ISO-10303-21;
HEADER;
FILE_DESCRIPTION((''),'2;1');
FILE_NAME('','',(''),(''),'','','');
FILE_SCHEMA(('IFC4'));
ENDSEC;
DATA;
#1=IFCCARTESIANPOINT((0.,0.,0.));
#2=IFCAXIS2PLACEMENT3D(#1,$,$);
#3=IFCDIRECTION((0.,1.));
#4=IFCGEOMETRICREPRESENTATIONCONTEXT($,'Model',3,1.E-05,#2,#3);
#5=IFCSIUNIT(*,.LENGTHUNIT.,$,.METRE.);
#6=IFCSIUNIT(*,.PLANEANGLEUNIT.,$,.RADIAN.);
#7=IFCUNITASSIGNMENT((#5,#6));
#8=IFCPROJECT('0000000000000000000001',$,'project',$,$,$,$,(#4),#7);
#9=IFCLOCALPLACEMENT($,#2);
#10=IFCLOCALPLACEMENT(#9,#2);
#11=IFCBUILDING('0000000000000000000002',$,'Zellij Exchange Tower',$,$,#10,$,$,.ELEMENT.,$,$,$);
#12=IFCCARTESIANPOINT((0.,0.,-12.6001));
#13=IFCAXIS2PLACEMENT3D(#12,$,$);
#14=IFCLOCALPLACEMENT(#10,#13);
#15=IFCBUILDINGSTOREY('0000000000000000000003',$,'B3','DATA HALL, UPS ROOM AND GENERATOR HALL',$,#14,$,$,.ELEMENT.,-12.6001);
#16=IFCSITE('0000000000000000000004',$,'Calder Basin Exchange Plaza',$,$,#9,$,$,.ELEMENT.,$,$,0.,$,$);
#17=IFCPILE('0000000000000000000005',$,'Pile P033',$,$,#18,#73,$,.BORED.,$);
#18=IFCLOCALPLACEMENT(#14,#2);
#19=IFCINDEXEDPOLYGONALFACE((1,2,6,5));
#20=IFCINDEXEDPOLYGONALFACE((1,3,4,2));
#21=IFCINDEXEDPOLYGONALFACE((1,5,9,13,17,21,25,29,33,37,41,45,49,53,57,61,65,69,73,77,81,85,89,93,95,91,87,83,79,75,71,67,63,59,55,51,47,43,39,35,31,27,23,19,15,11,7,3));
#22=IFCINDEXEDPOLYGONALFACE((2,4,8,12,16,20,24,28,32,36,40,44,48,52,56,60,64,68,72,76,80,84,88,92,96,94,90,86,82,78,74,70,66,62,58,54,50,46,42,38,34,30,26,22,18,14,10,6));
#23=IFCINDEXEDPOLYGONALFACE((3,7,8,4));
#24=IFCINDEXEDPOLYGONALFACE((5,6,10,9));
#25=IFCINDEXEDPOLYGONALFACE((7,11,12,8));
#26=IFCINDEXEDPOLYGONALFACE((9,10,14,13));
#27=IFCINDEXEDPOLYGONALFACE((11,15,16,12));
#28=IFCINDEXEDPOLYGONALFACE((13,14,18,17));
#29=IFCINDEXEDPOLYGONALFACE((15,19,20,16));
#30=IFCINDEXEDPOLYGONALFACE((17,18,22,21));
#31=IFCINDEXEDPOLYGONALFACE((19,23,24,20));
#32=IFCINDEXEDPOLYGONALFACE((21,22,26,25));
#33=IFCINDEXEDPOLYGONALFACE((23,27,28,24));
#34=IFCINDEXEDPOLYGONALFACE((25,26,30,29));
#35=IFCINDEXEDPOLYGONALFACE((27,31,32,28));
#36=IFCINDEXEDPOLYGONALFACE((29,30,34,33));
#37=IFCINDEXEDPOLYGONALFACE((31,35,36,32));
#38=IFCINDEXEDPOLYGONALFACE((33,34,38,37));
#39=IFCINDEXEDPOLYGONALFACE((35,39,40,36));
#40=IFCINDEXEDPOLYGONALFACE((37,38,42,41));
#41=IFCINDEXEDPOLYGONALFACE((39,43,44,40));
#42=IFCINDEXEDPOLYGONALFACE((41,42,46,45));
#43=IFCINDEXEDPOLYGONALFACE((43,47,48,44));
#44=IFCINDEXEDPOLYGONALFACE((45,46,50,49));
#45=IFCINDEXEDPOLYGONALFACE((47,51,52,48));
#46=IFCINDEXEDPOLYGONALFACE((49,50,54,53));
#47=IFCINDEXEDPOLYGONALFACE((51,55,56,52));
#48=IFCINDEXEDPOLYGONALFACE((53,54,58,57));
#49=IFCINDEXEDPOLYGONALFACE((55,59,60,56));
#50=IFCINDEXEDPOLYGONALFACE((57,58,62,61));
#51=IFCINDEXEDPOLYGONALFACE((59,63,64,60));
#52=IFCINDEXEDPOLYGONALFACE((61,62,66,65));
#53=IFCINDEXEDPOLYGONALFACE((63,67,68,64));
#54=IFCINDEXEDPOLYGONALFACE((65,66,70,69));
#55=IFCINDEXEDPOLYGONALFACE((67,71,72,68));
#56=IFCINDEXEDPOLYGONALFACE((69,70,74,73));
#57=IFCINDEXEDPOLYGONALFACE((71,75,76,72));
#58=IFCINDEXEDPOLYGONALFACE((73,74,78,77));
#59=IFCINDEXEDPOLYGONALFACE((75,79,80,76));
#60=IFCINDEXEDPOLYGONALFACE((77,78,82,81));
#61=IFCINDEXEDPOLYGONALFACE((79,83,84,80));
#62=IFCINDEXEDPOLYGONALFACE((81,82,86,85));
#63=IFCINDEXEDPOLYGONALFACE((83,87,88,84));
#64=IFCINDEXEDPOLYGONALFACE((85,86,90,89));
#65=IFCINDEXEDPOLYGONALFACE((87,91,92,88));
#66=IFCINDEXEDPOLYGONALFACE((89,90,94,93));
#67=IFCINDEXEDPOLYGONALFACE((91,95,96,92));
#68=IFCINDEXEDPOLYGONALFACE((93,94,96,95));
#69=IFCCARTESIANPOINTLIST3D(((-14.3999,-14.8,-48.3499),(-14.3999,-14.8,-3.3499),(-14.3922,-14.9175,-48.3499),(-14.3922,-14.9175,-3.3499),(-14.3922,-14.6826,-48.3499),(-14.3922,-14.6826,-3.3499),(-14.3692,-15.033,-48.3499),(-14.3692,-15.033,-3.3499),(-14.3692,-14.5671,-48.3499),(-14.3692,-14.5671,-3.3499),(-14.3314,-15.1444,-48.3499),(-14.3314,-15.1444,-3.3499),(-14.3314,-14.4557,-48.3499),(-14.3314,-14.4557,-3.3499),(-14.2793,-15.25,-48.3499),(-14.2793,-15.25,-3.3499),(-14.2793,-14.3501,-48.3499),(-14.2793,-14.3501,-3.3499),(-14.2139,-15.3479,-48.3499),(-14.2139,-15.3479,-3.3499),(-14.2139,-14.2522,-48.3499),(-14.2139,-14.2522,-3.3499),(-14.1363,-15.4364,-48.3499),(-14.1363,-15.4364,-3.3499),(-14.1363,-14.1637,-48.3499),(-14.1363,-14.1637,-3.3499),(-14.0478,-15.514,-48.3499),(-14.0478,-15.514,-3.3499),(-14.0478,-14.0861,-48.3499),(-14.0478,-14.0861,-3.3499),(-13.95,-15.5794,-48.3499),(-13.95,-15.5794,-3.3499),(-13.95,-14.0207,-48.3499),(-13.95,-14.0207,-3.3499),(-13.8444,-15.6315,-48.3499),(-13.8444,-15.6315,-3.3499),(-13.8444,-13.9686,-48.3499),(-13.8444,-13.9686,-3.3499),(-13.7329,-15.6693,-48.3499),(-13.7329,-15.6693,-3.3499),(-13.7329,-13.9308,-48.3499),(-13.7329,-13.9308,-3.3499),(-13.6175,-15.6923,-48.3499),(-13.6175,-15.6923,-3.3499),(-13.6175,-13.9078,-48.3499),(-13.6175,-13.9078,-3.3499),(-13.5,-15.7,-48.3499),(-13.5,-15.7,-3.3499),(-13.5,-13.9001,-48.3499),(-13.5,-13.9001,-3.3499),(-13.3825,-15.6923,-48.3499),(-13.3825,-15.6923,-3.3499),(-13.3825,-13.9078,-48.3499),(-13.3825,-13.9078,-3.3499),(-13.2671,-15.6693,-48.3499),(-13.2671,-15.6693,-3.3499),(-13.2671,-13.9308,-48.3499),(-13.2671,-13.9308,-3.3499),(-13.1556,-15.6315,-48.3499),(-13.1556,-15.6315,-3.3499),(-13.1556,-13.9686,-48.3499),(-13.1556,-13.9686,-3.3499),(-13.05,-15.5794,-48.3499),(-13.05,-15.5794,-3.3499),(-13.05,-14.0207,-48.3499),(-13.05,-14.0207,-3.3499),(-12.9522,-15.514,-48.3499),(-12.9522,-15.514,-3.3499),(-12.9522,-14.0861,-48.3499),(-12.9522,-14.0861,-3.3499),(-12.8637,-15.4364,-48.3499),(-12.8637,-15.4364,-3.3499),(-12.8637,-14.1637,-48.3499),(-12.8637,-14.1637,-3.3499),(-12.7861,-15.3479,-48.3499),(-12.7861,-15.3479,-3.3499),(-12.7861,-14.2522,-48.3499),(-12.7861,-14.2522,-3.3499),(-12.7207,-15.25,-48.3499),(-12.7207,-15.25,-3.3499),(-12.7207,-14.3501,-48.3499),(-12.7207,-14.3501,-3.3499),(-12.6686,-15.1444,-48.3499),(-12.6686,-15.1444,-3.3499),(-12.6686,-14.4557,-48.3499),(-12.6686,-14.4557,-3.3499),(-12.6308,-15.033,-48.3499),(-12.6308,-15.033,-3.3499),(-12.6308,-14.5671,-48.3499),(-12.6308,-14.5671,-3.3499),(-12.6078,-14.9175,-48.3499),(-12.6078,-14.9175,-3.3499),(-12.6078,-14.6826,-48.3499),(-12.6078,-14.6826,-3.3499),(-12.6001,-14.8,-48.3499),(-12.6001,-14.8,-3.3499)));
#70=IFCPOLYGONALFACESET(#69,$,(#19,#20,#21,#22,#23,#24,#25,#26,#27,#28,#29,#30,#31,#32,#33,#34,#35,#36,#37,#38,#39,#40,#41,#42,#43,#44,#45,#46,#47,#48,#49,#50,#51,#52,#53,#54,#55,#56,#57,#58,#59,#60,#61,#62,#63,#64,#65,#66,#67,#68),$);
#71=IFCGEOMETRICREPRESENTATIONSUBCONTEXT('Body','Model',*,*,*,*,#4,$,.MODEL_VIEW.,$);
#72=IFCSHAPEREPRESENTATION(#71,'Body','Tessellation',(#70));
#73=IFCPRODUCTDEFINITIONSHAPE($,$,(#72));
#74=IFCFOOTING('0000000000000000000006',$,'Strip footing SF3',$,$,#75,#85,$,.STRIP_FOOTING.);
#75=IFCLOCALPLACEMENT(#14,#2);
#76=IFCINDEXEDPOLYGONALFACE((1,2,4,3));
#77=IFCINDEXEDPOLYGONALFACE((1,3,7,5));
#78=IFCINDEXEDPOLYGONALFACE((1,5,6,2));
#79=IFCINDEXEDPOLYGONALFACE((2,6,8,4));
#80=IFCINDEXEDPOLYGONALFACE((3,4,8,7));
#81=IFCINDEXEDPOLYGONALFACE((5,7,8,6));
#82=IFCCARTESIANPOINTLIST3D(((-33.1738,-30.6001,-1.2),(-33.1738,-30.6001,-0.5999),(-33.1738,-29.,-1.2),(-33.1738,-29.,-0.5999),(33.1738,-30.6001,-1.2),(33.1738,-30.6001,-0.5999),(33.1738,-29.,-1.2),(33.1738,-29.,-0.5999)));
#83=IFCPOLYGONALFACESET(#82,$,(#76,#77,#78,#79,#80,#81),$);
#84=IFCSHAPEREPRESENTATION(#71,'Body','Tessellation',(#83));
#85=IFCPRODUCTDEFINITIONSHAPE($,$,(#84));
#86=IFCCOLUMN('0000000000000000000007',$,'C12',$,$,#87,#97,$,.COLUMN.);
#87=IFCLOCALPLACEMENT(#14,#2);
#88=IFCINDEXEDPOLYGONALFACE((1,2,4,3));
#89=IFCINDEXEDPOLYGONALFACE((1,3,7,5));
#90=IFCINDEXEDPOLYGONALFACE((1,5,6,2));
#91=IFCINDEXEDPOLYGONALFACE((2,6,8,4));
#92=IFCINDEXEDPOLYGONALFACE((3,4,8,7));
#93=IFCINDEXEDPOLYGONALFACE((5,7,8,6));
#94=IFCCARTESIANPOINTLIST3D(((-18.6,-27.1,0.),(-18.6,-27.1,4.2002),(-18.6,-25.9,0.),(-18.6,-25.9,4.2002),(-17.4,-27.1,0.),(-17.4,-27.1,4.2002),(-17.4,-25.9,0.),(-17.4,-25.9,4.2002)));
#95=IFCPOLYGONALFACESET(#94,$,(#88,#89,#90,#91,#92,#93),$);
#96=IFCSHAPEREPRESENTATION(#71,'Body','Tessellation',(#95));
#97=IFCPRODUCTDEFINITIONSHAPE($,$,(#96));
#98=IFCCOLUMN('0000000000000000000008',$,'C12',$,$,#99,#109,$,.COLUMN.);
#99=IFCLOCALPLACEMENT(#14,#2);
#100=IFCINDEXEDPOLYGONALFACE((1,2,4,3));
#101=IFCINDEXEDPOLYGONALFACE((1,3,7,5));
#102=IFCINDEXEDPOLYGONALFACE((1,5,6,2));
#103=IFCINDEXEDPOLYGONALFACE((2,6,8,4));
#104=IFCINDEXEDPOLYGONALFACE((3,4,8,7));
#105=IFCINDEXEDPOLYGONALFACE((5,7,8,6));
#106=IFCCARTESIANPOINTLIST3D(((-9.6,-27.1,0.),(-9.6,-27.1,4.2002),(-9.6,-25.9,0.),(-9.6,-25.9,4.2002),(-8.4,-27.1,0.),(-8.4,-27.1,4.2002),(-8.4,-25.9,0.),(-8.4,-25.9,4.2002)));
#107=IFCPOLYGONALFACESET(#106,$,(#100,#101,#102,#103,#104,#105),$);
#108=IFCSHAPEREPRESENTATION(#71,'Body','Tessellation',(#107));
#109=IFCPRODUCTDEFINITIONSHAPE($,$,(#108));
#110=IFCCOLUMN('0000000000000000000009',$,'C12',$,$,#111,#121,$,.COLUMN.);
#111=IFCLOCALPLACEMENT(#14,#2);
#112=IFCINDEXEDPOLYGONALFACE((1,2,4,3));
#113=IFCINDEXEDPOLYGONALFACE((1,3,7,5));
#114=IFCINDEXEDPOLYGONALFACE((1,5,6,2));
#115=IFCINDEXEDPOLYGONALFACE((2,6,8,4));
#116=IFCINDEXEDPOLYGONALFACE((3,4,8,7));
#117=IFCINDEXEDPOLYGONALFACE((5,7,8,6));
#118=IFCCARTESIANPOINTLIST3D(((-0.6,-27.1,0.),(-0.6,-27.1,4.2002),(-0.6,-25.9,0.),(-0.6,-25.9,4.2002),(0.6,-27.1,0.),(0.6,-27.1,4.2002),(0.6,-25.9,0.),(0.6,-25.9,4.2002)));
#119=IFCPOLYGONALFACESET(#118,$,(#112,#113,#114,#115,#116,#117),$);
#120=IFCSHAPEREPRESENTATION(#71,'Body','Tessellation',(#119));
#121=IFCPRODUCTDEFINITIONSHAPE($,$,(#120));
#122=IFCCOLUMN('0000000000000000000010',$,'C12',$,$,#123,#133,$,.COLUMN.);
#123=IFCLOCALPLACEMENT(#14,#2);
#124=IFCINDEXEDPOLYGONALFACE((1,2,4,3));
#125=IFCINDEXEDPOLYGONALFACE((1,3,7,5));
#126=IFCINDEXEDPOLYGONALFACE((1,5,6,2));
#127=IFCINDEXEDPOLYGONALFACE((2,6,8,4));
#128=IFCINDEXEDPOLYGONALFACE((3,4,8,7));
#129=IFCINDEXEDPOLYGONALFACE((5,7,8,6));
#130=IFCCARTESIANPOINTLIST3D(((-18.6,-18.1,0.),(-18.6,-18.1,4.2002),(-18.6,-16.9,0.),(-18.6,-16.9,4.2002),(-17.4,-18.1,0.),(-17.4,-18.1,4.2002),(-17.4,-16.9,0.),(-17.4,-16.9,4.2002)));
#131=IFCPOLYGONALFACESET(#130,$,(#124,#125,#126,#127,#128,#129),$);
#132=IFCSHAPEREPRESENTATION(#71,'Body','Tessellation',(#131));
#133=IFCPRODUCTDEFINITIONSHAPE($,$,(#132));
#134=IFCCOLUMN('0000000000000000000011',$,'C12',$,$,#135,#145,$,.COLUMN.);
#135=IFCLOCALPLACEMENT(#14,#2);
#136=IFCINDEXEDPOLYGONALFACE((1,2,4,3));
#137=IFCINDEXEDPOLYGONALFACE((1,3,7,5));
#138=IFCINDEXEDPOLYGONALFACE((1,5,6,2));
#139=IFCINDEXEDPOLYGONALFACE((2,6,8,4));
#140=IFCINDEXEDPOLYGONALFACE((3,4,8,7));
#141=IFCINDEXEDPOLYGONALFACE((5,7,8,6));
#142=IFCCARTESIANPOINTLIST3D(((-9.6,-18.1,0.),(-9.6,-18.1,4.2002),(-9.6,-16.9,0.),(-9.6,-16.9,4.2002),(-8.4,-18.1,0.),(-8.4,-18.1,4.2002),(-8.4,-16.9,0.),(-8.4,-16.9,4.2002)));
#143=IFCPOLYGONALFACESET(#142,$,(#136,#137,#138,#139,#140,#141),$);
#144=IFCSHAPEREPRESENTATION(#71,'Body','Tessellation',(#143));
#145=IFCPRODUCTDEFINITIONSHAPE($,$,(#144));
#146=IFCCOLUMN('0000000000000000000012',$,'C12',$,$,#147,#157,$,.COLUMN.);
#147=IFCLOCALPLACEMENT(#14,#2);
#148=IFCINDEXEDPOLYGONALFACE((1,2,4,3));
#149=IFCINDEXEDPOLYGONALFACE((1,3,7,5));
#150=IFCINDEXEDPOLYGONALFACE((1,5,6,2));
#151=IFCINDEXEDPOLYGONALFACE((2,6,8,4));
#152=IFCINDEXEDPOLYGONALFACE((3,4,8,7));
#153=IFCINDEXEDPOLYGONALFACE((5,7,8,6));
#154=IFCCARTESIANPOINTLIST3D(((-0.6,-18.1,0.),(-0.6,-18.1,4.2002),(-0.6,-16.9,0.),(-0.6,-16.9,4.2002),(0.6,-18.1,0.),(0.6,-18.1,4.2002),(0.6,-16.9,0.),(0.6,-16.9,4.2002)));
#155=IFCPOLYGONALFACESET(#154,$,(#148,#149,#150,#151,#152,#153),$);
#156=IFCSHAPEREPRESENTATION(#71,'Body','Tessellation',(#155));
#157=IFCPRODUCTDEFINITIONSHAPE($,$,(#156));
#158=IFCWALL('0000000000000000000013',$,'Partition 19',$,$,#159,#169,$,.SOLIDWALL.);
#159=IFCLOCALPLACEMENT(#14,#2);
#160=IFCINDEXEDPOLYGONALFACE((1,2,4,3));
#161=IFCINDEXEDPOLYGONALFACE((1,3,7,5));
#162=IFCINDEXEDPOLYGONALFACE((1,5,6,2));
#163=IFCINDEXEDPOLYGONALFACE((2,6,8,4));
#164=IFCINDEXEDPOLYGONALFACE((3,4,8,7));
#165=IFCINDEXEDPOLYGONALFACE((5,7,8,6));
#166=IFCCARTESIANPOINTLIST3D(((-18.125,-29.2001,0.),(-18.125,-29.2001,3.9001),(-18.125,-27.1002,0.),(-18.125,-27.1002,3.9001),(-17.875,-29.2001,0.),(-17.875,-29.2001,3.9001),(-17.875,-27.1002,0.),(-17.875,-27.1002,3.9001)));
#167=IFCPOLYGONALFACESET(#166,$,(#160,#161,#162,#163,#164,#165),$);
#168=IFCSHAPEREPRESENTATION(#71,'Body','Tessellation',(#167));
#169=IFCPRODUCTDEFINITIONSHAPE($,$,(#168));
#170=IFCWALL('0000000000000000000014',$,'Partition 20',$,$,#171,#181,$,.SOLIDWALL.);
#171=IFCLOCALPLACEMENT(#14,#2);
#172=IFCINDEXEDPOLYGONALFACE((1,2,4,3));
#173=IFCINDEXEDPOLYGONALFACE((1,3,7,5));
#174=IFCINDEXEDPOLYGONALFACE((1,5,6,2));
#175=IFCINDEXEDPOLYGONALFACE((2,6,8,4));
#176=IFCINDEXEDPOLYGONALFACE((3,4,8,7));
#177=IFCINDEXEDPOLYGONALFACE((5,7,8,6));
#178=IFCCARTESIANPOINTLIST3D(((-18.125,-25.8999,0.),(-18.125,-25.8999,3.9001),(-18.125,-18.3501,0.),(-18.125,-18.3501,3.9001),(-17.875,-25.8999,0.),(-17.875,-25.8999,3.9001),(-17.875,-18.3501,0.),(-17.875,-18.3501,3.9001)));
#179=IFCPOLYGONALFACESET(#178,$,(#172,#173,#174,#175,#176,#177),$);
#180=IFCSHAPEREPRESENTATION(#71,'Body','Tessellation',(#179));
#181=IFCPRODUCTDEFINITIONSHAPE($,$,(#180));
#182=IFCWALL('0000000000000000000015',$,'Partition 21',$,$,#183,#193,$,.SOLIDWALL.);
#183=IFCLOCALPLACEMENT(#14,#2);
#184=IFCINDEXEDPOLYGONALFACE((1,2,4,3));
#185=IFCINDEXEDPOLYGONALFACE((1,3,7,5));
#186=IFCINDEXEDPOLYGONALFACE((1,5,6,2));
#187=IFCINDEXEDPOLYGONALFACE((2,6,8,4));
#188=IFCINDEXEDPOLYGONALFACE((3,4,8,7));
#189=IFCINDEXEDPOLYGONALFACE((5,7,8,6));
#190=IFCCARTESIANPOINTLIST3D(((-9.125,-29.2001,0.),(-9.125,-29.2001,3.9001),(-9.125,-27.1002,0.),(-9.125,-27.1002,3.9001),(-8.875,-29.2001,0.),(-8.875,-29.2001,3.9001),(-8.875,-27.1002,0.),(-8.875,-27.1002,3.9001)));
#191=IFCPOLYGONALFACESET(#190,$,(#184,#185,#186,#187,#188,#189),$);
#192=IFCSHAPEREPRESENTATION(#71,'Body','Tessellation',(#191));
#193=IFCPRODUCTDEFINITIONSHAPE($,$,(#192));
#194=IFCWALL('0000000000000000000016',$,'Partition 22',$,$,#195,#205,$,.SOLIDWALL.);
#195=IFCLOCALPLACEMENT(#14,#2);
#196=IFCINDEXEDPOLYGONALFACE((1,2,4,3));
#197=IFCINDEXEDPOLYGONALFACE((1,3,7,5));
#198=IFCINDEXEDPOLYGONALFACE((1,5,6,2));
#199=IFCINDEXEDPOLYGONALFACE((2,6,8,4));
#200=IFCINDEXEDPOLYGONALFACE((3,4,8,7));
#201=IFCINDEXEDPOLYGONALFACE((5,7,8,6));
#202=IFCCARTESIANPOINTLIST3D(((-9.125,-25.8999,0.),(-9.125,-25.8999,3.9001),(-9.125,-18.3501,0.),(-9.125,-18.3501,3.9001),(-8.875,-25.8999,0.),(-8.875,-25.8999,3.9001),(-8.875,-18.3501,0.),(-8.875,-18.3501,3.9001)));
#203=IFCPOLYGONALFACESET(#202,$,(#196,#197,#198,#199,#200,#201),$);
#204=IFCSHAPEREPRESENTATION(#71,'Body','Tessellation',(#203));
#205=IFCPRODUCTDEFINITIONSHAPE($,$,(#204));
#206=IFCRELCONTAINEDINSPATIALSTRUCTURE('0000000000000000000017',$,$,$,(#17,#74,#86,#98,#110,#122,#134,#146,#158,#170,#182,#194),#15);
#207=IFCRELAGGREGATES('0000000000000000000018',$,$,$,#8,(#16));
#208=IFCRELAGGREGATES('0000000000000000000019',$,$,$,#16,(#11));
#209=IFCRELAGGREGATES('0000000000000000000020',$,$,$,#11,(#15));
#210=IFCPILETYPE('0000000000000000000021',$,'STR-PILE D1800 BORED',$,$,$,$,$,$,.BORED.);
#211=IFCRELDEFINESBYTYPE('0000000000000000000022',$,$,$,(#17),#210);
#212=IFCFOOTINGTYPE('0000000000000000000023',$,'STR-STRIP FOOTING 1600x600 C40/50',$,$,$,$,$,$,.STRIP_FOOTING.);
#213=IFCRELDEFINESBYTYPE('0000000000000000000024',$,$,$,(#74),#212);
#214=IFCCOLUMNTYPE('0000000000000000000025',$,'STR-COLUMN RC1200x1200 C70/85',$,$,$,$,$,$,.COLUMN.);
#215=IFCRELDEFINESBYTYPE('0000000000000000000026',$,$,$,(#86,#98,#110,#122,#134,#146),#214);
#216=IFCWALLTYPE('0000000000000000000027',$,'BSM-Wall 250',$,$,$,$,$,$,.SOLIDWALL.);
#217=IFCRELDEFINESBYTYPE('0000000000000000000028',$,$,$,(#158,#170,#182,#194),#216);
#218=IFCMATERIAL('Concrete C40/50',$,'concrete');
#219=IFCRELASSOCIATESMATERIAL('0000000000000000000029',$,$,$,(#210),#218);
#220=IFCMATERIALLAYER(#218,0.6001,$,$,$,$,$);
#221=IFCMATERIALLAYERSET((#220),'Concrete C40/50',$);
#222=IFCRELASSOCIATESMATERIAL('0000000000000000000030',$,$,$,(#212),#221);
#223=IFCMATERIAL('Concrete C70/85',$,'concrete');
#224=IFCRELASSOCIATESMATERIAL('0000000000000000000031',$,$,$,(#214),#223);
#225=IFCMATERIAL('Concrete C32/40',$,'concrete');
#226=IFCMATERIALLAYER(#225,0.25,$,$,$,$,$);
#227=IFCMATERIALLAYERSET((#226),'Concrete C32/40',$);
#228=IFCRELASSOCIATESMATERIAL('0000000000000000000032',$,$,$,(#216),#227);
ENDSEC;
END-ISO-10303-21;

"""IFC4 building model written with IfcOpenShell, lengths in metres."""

from ifc_helpers import new_model, si_unit, direction, frame, frame_2d, origin, origin_2d, place, context, subcontext, project, spatial, rectangle, circle, extrude, material, layer, layer_set, material_profile, profile_set, type_object, element, save


model = new_model("IFC4")

# Units and contexts
model_context = context("Model", 3, precision=1e-05, world=origin(), true_north=direction((0.0, 1.0)))
body_context = subcontext(model_context, "Body", "Model", "MODEL_VIEW")
ifc_project = project(units=[si_unit("LENGTHUNIT", "METRE"), si_unit("PLANEANGLEUNIT", "RADIAN")], contexts=[model_context])

# Site, building, storey
site_placement = place(None, origin())
site = spatial("IfcSite", under=ifc_project, at=site_placement, Name="Calder Basin Exchange Plaza", CompositionType="ELEMENT", RefElevation=0.0)
building_placement = place(site_placement, origin())
building = spatial("IfcBuilding", under=site, at=building_placement, Name="Zellij Exchange Tower", CompositionType="ELEMENT")
storey_placement = place(building_placement, frame((0.0, 0.0, -12.6001)))
storey = spatial("IfcBuildingStorey", under=building, at=storey_placement, Name="B3", Description="DATA HALL, UPS ROOM AND GENERATOR HALL", CompositionType="ELEMENT", Elevation=-12.6001)

# Pile
ifc_material_1 = material(Name="Concrete C40/50", Category="concrete")
ifc_material_profile_1 = material_profile(ifc_material_1, circle(Radius=0.8999, at=origin_2d()), Name="STR-PILE D1800 BORED")
ifc_profile_set_1 = profile_set([ifc_material_profile_1], Name="Concrete C40/50")
pile_type = type_object("IfcPileType", Name="STR-PILE D1800 BORED", PredefinedType="BORED", material=ifc_profile_set_1)
for number, where, z_axis, x_axis, name in (
    (1, (-13.5, -14.8, -3.3499), (0.0, 0.0, -1.0), (1.0, 0.0, 0.0), "Pile P033"),
):
    element("IfcPile", number, at=place(storey_placement, frame(where, z_axis=z_axis, x_axis=x_axis)), inside=storey, type_object=pile_type, Name=name, PredefinedType="BORED", context=body_context, shape_type="SweptSolid", body=[
        extrude(circle(Radius=0.8999, at=origin_2d()), origin(), (0.0, 0.0, 1.0), 45.0),
    ])

# Footing
ifc_layer_1 = layer(ifc_material_1, 0.6001)
ifc_layer_set_1 = layer_set([ifc_layer_1], Name="Concrete C40/50")
footing_type = type_object("IfcFootingType", Name="STR-STRIP FOOTING 1600x600 C40/50", PredefinedType="STRIP_FOOTING", material=ifc_layer_set_1)
footing_placement = place(storey_placement, frame((0.0, -29.8, -1.2), z_axis=(0.0, 0.0, 1.0), x_axis=(1.0, 0.0, 0.0)))
element("IfcFooting", 2, at=footing_placement, inside=storey, type_object=footing_type, Name="Strip footing SF3", PredefinedType="STRIP_FOOTING", context=body_context, shape_type="SweptSolid", body=[
    extrude(rectangle(XDim=66.3477, YDim=1.6001, at=origin_2d()), origin(), (0.0, 0.0, 1.0), 0.6001),
])

# Columns
ifc_material_2 = material(Name="Concrete C70/85", Category="concrete")
ifc_material_profile_2 = material_profile(ifc_material_2, rectangle(XDim=1.2, YDim=1.2, at=origin_2d()), Name="STR-COLUMN RC1200x1200 C70/85")
ifc_profile_set_2 = profile_set([ifc_material_profile_2], Name="Concrete C70/85")
column_type = type_object("IfcColumnType", Name="STR-COLUMN RC1200x1200 C70/85", PredefinedType="COLUMN", material=ifc_profile_set_2)
for number, where, z_axis, x_axis, name in (
    (3, (-18.0, -26.5, 0.0), (0.0, 0.0, 1.0), (1.0, 0.0, 0.0), "C12"),
    (4, (-9.0, -26.5, 0.0), (0.0, 0.0, 1.0), (1.0, 0.0, 0.0), "C12"),
    (5, (0.0, -26.5, 0.0), (0.0, 0.0, 1.0), (1.0, 0.0, 0.0), "C12"),
    (6, (-18.0, -17.5, 0.0), (0.0, 0.0, 1.0), (1.0, 0.0, 0.0), "C12"),
    (7, (-9.0, -17.5, 0.0), (0.0, 0.0, 1.0), (1.0, 0.0, 0.0), "C12"),
    (8, (0.0, -17.5, 0.0), (0.0, 0.0, 1.0), (1.0, 0.0, 0.0), "C12"),
):
    element("IfcColumn", number, at=place(storey_placement, frame(where, z_axis=z_axis, x_axis=x_axis)), inside=storey, type_object=column_type, Name=name, PredefinedType="COLUMN", context=body_context, shape_type="SweptSolid", body=[
        extrude(rectangle(XDim=1.2, YDim=1.2, at=origin_2d()), origin(), (0.0, 0.0, 1.0), 4.2002),
    ])

# Walls
ifc_material_3 = material(Name="Concrete C32/40", Category="concrete")
ifc_layer_2 = layer(ifc_material_3, 0.25)
ifc_layer_set_2 = layer_set([ifc_layer_2], Name="Concrete C32/40")
wall_type = type_object("IfcWallType", Name="BSM-Wall 250", PredefinedType="SOLIDWALL", material=ifc_layer_set_2)
wall_1_placement = place(storey_placement, frame((-18.0, -29.2, 0.0), z_axis=(0.0, 0.0, 1.0), x_axis=(0.0, 1.0, 0.0)))
element("IfcWall", 9, at=wall_1_placement, inside=storey, type_object=wall_type, Name="Partition 19", PredefinedType="SOLIDWALL", context=body_context, shape_type="SweptSolid", body=[
    extrude(rectangle(XDim=2.0999, YDim=0.25, at=frame_2d((1.0498, 0.0))), origin(), (0.0, 0.0, 1.0), 3.9001),
])
wall_2_placement = place(storey_placement, frame((-18.0, -25.8999, 0.0), z_axis=(0.0, 0.0, 1.0), x_axis=(0.0, 1.0, 0.0)))
element("IfcWall", 10, at=wall_2_placement, inside=storey, type_object=wall_type, Name="Partition 20", PredefinedType="SOLIDWALL", context=body_context, shape_type="SweptSolid", body=[
    extrude(rectangle(XDim=7.5498, YDim=0.25, at=frame_2d((3.7749, 0.0))), origin(), (0.0, 0.0, 1.0), 3.9001),
])
wall_3_placement = place(storey_placement, frame((-9.0, -29.2, 0.0), z_axis=(0.0, 0.0, 1.0), x_axis=(0.0, 1.0, 0.0)))
element("IfcWall", 11, at=wall_3_placement, inside=storey, type_object=wall_type, Name="Partition 21", PredefinedType="SOLIDWALL", context=body_context, shape_type="SweptSolid", body=[
    extrude(rectangle(XDim=2.0999, YDim=0.25, at=frame_2d((1.0498, 0.0))), origin(), (0.0, 0.0, 1.0), 3.9001),
])
wall_4_placement = place(storey_placement, frame((-9.0, -25.8999, 0.0), z_axis=(0.0, 0.0, 1.0), x_axis=(0.0, 1.0, 0.0)))
element("IfcWall", 12, at=wall_4_placement, inside=storey, type_object=wall_type, Name="Partition 22", PredefinedType="SOLIDWALL", context=body_context, shape_type="SweptSolid", body=[
    extrude(rectangle(XDim=7.5498, YDim=0.25, at=frame_2d((3.7749, 0.0))), origin(), (0.0, 0.0, 1.0), 3.9001),
])

save(model, "model.ifc")
